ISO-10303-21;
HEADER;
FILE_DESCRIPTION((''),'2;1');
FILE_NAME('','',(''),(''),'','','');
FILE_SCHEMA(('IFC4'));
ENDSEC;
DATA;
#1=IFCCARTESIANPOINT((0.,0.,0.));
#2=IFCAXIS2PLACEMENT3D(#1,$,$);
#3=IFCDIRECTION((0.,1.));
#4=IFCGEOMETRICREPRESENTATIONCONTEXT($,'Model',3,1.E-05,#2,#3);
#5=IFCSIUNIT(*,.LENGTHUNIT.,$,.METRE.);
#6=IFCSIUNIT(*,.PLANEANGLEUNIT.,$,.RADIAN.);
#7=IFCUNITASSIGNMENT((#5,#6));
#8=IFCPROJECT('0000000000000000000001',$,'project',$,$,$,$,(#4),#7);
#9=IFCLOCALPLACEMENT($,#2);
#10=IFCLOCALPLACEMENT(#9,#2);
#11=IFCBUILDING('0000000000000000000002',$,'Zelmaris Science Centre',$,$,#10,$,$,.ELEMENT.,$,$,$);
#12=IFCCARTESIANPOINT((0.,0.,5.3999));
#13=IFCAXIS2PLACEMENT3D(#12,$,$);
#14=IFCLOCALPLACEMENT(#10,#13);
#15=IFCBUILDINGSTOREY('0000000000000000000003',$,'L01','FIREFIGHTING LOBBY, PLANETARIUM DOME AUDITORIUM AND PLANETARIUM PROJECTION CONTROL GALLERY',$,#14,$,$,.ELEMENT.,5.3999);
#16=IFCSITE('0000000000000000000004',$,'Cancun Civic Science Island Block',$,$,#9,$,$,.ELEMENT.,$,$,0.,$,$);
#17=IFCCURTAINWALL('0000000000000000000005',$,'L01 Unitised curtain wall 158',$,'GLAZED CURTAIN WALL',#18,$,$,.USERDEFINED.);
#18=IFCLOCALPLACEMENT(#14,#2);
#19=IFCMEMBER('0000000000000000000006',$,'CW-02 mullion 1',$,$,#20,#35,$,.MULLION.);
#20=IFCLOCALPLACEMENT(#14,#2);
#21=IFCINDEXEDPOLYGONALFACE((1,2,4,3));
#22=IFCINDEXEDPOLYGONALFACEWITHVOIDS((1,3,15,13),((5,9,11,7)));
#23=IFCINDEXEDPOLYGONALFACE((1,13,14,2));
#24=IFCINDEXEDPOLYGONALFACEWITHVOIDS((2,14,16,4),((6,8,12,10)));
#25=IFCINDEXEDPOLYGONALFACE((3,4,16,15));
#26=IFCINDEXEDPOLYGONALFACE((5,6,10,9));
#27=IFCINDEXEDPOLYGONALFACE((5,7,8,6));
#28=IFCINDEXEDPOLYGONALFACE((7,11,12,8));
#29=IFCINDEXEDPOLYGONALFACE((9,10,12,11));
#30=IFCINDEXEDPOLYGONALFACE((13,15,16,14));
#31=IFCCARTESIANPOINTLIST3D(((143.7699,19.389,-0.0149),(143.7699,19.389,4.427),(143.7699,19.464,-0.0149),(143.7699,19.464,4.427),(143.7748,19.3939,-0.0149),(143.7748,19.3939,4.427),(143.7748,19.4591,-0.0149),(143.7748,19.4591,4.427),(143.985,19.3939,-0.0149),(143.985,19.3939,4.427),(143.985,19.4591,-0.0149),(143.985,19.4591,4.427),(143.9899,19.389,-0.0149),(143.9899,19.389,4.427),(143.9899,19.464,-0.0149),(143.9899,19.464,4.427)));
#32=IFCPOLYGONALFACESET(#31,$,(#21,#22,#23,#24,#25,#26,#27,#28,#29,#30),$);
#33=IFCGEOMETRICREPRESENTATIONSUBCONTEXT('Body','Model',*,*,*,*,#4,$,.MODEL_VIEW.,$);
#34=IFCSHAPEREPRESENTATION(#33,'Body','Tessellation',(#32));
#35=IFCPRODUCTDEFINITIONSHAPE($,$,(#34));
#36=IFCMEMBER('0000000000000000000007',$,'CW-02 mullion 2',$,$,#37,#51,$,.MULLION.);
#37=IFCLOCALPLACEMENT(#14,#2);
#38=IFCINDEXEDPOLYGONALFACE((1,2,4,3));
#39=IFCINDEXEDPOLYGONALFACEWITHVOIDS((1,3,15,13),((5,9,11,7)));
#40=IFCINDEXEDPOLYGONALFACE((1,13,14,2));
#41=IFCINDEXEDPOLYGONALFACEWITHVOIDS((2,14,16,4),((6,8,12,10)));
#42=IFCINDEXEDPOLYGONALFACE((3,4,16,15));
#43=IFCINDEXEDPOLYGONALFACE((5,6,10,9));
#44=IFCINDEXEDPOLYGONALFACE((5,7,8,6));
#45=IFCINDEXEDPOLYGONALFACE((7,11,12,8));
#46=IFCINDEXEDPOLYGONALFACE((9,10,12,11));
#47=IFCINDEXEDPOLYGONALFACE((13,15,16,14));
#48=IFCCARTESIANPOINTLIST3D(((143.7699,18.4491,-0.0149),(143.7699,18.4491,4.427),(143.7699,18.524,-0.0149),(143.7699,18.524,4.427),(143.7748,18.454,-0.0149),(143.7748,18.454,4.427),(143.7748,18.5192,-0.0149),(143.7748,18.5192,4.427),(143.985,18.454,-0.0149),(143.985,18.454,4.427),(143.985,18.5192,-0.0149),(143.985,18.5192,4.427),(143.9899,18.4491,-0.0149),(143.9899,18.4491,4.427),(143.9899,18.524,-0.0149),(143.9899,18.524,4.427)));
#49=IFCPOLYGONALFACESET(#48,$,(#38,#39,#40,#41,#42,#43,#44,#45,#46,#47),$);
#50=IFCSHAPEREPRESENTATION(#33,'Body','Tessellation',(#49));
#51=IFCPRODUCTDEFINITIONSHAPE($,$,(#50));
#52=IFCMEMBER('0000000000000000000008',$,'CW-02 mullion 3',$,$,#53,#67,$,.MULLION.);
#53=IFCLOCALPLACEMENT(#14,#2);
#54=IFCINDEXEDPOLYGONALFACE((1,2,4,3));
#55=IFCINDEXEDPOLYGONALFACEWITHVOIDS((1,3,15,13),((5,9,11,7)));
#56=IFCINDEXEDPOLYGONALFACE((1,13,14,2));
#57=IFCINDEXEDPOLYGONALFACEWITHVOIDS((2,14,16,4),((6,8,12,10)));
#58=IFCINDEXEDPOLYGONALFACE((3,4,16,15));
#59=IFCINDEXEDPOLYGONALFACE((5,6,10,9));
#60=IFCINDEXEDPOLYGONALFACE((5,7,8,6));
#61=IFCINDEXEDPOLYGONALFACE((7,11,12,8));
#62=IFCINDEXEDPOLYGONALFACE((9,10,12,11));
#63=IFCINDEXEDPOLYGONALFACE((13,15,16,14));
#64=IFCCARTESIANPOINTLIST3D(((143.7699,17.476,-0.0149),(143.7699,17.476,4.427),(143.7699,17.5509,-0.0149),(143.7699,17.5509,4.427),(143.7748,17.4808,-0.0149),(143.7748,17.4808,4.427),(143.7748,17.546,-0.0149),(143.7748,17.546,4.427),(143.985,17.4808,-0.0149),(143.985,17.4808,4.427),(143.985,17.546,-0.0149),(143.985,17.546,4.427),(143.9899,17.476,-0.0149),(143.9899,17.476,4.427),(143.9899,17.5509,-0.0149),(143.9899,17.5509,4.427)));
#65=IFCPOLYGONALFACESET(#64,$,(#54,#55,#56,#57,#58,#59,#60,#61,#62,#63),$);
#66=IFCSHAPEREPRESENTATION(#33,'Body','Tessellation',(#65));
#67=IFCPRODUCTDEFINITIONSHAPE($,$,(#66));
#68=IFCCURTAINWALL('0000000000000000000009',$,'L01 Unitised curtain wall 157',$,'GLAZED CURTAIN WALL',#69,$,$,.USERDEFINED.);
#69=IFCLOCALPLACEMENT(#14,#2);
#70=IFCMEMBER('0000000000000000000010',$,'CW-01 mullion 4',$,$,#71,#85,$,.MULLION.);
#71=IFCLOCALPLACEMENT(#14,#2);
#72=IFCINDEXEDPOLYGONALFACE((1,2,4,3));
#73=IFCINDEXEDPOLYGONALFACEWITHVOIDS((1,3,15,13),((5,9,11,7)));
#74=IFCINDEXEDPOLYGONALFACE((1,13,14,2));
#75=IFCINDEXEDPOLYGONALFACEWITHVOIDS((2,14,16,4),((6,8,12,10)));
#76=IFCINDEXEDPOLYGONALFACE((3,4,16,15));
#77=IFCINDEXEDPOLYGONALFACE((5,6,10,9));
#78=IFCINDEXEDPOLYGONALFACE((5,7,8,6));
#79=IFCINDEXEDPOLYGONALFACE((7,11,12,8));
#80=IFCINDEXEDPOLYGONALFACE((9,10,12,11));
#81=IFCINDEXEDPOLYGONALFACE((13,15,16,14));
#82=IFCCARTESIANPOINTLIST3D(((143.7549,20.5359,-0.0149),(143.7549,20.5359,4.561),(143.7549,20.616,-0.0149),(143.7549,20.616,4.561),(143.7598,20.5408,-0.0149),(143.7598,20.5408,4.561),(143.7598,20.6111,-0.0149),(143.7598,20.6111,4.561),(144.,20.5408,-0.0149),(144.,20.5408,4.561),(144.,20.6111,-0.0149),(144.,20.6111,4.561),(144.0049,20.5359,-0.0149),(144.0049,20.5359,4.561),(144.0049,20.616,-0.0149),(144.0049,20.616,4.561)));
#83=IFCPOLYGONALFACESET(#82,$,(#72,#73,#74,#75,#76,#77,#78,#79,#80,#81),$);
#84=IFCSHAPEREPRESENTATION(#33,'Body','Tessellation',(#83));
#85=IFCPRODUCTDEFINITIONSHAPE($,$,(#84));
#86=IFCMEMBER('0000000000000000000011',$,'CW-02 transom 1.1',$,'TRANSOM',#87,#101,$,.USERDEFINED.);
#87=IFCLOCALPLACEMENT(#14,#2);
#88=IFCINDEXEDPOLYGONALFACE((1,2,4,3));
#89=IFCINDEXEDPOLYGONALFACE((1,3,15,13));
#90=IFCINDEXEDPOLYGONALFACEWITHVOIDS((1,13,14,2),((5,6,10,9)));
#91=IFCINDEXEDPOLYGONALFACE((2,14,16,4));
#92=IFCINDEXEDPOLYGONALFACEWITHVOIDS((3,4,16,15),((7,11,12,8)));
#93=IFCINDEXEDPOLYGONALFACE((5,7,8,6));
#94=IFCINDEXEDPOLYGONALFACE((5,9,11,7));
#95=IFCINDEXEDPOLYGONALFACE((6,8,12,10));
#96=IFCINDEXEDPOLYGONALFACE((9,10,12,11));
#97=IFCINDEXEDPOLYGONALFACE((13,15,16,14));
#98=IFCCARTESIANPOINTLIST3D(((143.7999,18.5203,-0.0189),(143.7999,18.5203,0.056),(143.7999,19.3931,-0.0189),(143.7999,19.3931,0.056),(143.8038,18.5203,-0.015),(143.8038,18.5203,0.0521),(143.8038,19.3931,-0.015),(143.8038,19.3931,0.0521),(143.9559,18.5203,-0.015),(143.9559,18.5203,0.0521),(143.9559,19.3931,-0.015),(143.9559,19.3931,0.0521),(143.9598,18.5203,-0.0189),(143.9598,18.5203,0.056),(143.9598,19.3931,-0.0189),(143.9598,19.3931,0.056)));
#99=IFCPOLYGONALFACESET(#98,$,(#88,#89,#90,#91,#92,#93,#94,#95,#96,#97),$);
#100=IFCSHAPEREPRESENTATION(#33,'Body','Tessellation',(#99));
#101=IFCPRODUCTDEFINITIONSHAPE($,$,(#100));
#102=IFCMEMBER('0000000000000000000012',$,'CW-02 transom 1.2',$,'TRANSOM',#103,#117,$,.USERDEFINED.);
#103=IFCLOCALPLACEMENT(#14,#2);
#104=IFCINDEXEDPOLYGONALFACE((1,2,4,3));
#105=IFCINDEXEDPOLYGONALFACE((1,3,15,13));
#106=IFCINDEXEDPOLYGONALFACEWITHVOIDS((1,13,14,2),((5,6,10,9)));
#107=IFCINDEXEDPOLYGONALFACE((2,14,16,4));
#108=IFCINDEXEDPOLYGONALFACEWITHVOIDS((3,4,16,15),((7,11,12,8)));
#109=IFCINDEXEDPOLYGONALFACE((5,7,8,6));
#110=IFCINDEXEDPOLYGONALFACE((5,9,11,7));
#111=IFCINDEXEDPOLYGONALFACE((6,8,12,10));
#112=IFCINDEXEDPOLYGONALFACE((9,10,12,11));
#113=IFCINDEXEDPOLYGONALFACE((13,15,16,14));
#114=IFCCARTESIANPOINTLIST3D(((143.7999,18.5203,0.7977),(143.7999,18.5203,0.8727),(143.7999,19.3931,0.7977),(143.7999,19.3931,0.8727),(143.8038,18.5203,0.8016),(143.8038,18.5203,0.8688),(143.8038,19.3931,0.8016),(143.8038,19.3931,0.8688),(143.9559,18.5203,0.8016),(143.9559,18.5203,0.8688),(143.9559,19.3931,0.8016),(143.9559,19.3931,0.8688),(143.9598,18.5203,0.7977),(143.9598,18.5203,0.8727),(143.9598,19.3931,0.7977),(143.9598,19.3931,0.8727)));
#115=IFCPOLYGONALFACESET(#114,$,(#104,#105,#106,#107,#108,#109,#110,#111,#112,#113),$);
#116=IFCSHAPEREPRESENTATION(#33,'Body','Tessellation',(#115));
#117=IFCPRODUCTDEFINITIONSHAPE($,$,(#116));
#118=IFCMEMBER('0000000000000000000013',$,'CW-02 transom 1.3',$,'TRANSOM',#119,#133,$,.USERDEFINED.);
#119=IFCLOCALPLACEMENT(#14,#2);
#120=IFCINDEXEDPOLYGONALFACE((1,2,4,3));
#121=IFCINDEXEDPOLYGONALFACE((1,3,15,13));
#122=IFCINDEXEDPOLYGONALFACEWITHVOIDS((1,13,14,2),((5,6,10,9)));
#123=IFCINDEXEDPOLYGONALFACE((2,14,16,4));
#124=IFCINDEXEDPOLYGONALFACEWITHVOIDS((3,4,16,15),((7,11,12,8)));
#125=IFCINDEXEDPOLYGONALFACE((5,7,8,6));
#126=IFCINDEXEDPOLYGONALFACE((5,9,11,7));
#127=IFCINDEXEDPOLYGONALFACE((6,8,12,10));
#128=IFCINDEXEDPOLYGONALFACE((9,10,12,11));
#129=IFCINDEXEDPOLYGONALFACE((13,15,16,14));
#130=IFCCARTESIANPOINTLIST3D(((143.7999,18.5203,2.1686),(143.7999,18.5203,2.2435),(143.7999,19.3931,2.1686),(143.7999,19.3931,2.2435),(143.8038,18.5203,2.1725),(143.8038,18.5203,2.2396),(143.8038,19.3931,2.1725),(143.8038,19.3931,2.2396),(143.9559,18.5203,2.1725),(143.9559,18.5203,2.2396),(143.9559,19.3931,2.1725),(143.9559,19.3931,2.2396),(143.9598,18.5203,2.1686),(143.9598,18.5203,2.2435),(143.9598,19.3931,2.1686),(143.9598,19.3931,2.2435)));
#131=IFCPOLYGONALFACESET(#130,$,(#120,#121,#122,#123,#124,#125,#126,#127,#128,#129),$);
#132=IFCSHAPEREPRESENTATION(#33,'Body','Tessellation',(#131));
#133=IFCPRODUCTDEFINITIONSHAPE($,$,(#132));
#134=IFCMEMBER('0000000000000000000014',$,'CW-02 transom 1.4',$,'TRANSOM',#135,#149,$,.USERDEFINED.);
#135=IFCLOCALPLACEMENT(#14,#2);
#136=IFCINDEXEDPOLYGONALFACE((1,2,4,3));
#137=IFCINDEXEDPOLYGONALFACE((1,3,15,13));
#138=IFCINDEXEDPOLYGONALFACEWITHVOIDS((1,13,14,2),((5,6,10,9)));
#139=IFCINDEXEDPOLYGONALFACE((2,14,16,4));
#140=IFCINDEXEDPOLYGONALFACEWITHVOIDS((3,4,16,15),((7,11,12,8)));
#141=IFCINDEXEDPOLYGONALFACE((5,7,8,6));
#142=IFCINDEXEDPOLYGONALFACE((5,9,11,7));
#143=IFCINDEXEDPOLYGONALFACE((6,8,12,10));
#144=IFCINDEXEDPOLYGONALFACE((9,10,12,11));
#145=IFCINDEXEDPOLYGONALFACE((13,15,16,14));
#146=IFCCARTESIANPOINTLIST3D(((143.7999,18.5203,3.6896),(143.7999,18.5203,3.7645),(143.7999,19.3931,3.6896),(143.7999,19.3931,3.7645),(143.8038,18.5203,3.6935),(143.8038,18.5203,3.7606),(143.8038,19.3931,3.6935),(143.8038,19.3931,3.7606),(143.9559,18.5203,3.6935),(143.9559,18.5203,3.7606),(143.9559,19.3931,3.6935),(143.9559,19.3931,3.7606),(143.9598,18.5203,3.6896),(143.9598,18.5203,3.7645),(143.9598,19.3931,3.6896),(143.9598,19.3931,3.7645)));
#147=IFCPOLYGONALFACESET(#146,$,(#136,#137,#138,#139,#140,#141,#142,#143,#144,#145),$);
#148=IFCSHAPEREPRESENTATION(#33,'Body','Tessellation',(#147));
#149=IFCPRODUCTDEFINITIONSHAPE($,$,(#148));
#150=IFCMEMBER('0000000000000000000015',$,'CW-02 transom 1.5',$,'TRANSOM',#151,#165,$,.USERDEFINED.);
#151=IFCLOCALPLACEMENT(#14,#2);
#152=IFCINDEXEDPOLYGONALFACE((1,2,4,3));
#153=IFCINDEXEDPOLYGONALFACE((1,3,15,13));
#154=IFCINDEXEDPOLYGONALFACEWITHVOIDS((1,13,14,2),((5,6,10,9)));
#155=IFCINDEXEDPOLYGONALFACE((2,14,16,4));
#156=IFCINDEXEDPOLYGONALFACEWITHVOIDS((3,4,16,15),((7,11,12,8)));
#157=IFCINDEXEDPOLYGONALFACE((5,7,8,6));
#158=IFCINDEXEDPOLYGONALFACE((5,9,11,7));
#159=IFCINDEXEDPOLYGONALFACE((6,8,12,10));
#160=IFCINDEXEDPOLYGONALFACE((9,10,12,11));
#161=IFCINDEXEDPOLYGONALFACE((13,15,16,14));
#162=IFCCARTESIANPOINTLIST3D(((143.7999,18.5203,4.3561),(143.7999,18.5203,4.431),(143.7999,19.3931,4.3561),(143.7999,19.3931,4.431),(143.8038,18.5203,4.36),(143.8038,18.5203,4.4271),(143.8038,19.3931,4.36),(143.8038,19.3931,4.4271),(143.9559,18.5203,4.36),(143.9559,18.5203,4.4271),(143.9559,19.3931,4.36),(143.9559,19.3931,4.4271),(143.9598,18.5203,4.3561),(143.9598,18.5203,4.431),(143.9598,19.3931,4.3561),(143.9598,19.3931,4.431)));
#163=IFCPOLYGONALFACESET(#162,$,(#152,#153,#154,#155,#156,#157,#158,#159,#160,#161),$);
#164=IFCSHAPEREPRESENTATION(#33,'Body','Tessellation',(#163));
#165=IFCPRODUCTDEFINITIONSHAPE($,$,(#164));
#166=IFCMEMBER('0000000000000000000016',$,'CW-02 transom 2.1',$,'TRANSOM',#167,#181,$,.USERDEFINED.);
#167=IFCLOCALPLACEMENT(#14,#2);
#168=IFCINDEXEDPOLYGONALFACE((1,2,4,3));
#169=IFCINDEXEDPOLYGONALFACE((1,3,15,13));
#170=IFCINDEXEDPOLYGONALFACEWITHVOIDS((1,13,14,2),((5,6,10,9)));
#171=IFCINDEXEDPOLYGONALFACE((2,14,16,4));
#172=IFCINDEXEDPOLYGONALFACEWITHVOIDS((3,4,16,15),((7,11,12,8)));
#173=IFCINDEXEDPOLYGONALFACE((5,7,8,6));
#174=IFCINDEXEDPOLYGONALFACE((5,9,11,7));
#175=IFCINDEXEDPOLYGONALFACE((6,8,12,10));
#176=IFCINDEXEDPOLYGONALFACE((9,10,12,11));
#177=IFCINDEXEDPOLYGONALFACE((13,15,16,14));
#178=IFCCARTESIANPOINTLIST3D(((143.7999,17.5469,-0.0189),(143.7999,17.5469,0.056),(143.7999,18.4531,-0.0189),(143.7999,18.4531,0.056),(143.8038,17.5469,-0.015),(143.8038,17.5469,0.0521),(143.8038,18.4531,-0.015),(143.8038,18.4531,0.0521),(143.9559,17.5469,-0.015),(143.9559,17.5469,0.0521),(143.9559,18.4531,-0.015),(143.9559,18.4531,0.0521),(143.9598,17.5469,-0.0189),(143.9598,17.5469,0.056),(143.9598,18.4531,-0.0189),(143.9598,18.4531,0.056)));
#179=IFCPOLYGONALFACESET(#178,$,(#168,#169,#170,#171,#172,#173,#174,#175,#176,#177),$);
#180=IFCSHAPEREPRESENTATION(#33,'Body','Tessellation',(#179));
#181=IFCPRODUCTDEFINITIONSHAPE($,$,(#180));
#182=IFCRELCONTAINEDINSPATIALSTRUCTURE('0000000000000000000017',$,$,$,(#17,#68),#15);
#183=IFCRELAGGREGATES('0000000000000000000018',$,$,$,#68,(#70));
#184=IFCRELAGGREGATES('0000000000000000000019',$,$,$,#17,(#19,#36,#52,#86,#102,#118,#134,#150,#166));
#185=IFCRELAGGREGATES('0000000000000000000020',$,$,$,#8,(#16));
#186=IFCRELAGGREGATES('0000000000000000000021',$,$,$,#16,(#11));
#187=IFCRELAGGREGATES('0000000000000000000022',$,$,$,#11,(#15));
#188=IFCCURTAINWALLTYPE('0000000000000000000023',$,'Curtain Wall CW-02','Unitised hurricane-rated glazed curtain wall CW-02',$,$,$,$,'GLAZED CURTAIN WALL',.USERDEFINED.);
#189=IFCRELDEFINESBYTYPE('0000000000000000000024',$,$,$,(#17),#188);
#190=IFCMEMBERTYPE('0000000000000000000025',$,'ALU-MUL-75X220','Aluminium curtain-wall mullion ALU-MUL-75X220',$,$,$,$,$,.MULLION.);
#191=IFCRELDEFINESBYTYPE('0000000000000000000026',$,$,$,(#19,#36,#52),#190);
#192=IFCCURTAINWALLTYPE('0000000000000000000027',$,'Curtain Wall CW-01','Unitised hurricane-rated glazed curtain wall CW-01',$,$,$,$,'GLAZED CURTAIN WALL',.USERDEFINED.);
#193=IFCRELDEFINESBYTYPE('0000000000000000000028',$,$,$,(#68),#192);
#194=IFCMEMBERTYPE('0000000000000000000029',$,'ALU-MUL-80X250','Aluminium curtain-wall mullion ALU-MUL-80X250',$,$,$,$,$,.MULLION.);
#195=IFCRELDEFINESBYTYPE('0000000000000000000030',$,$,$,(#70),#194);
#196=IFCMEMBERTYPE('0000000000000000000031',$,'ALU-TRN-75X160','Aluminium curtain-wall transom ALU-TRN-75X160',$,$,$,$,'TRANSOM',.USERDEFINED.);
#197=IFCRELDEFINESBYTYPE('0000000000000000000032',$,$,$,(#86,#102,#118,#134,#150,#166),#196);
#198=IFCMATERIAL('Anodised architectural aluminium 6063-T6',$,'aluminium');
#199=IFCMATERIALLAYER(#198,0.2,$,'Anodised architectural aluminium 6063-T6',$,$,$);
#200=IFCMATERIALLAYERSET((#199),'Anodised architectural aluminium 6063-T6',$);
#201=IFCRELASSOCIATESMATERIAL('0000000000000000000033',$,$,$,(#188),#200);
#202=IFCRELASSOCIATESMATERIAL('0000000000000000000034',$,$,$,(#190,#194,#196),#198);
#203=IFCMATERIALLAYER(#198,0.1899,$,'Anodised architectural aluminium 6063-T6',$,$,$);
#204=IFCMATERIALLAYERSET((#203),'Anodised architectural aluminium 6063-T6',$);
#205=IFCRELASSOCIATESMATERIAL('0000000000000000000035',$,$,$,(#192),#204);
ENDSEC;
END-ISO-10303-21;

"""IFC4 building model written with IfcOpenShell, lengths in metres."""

from ifc_helpers import new_model, si_unit, direction, frame, origin, origin_2d, place, context, subcontext, project, spatial, hollow_rectangle, extrude, material, layer, layer_set, material_profile, profile_set, type_object, element, aggregate, save


model = new_model("IFC4")

# Units and contexts
model_context = context("Model", 3, precision=1e-05, world=origin(), true_north=direction((0.0, 1.0)))
body_context = subcontext(model_context, "Body", "Model", "MODEL_VIEW")
ifc_project = project(units=[si_unit("LENGTHUNIT", "METRE"), si_unit("PLANEANGLEUNIT", "RADIAN")], contexts=[model_context])

# Site, building, storey
site_placement = place(None, origin())
site = spatial("IfcSite", under=ifc_project, at=site_placement, Name="Cancun Civic Science Island Block", CompositionType="ELEMENT", RefElevation=0.0)
building_placement = place(site_placement, origin())
building = spatial("IfcBuilding", under=site, at=building_placement, Name="Zelmaris Science Centre", CompositionType="ELEMENT")
storey_placement = place(building_placement, frame((0.0, 0.0, 5.3999)))
storey = spatial("IfcBuildingStorey", under=building, at=storey_placement, Name="L01", Description="FIREFIGHTING LOBBY, PLANETARIUM DOME AUDITORIUM AND PLANETARIUM PROJECTION CONTROL GALLERY", CompositionType="ELEMENT", Elevation=5.3999)

# Curtain wall, members
ifc_material_1 = material(Name="Anodised architectural aluminium 6063-T6", Category="aluminium")
ifc_layer_1 = layer(ifc_material_1, 0.2, Name="Anodised architectural aluminium 6063-T6")
ifc_layer_set_1 = layer_set([ifc_layer_1], Name="Anodised architectural aluminium 6063-T6")
curtain_wall_type_1 = type_object("IfcCurtainWallType", Name="Curtain Wall CW-02", Description="Unitised hurricane-rated glazed curtain wall CW-02", ElementType="GLAZED CURTAIN WALL", PredefinedType="USERDEFINED", material=ifc_layer_set_1)
curtain_wall_1_placement = place(storey_placement, origin())
curtain_wall_1 = element("IfcCurtainWall", 1, at=curtain_wall_1_placement, inside=storey, type_object=curtain_wall_type_1, Name="L01 Unitised curtain wall 158", ObjectType="GLAZED CURTAIN WALL", PredefinedType="USERDEFINED")
ifc_material_profile_1 = material_profile(ifc_material_1, hollow_rectangle(XDim=0.075, YDim=0.22, WallThickness=0.0049, at=origin_2d()), Name="ALU-MUL-75X220")
ifc_profile_set_1 = profile_set([ifc_material_profile_1], Name="Anodised architectural aluminium 6063-T6")
member_type_1 = type_object("IfcMemberType", Name="ALU-MUL-75X220", Description="Aluminium curtain-wall mullion ALU-MUL-75X220", PredefinedType="MULLION", material=ifc_profile_set_1)
member_1_placement = place(storey_placement, frame((143.8799, 19.4265, -0.0149), z_axis=(0.0, 0.0, 1.0), x_axis=(0.0, -1.0, 0.0)))
member_1 = element("IfcMember", 2, at=member_1_placement, type_object=member_type_1, Name="CW-02 mullion 1", PredefinedType="MULLION", context=body_context, shape_type="SweptSolid", body=[
    extrude(hollow_rectangle(XDim=0.075, YDim=0.22, WallThickness=0.0049, at=origin_2d()), origin(), (0.0, 0.0, 1.0), 4.4419),
])
member_2_placement = place(storey_placement, frame((143.8799, 18.4866, -0.0149), z_axis=(0.0, 0.0, 1.0), x_axis=(0.0, -1.0, 0.0)))
member_2 = element("IfcMember", 3, at=member_2_placement, type_object=member_type_1, Name="CW-02 mullion 2", PredefinedType="MULLION", context=body_context, shape_type="SweptSolid", body=[
    extrude(hollow_rectangle(XDim=0.075, YDim=0.22, WallThickness=0.0049, at=origin_2d()), origin(), (0.0, 0.0, 1.0), 4.4419),
])
member_3_placement = place(storey_placement, frame((143.8799, 17.5134, -0.0149), z_axis=(0.0, 0.0, 1.0), x_axis=(0.0, -1.0, 0.0)))
member_3 = element("IfcMember", 4, at=member_3_placement, type_object=member_type_1, Name="CW-02 mullion 3", PredefinedType="MULLION", context=body_context, shape_type="SweptSolid", body=[
    extrude(hollow_rectangle(XDim=0.075, YDim=0.22, WallThickness=0.0049, at=origin_2d()), origin(), (0.0, 0.0, 1.0), 4.4419),
])

# Curtain wall, member
ifc_layer_2 = layer(ifc_material_1, 0.1899, Name="Anodised architectural aluminium 6063-T6")
ifc_layer_set_2 = layer_set([ifc_layer_2], Name="Anodised architectural aluminium 6063-T6")
curtain_wall_type_2 = type_object("IfcCurtainWallType", Name="Curtain Wall CW-01", Description="Unitised hurricane-rated glazed curtain wall CW-01", ElementType="GLAZED CURTAIN WALL", PredefinedType="USERDEFINED", material=ifc_layer_set_2)
curtain_wall_2_placement = place(storey_placement, origin())
curtain_wall_2 = element("IfcCurtainWall", 5, at=curtain_wall_2_placement, inside=storey, type_object=curtain_wall_type_2, Name="L01 Unitised curtain wall 157", ObjectType="GLAZED CURTAIN WALL", PredefinedType="USERDEFINED")
ifc_material_profile_2 = material_profile(ifc_material_1, hollow_rectangle(XDim=0.0801, YDim=0.25, WallThickness=0.0049, at=origin_2d()), Name="ALU-MUL-80X250")
ifc_profile_set_2 = profile_set([ifc_material_profile_2], Name="Anodised architectural aluminium 6063-T6")
member_type_2 = type_object("IfcMemberType", Name="ALU-MUL-80X250", Description="Aluminium curtain-wall mullion ALU-MUL-80X250", PredefinedType="MULLION", material=ifc_profile_set_2)
member_4_placement = place(storey_placement, frame((143.8799, 20.5759, -0.0149), z_axis=(0.0, 0.0, 1.0), x_axis=(0.0, -1.0, 0.0)))
member_4 = element("IfcMember", 6, at=member_4_placement, type_object=member_type_2, Name="CW-01 mullion 4", PredefinedType="MULLION", context=body_context, shape_type="SweptSolid", body=[
    extrude(hollow_rectangle(XDim=0.0801, YDim=0.25, WallThickness=0.0049, at=origin_2d()), origin(), (0.0, 0.0, 1.0), 4.5759),
])

# Members
ifc_material_profile_3 = material_profile(ifc_material_1, hollow_rectangle(XDim=0.075, YDim=0.1599, WallThickness=0.0039, at=origin_2d()), Name="ALU-TRN-75X160")
ifc_profile_set_3 = profile_set([ifc_material_profile_3], Name="Anodised architectural aluminium 6063-T6")
member_type_3 = type_object("IfcMemberType", Name="ALU-TRN-75X160", Description="Aluminium curtain-wall transom ALU-TRN-75X160", ElementType="TRANSOM", PredefinedType="USERDEFINED", material=ifc_profile_set_3)
member_5_placement = place(storey_placement, frame((143.8799, 19.3931, 0.0186), z_axis=(0.0, -1.0, 0.0), x_axis=(0.0, 0.0, 1.0)))
member_5 = element("IfcMember", 7, at=member_5_placement, type_object=member_type_3, Name="CW-02 transom 1.1", ObjectType="TRANSOM", PredefinedType="USERDEFINED", context=body_context, shape_type="SweptSolid", body=[
    extrude(hollow_rectangle(XDim=0.075, YDim=0.1599, WallThickness=0.0039, at=origin_2d()), origin(), (0.0, 0.0, 1.0), 0.8728),
])
member_6_placement = place(storey_placement, frame((143.8799, 19.3931, 0.8352), z_axis=(0.0, -1.0, 0.0), x_axis=(0.0, 0.0, 1.0)))
member_6 = element("IfcMember", 8, at=member_6_placement, type_object=member_type_3, Name="CW-02 transom 1.2", ObjectType="TRANSOM", PredefinedType="USERDEFINED", context=body_context, shape_type="SweptSolid", body=[
    extrude(hollow_rectangle(XDim=0.075, YDim=0.1599, WallThickness=0.0039, at=origin_2d()), origin(), (0.0, 0.0, 1.0), 0.8728),
])
member_7_placement = place(storey_placement, frame((143.8799, 19.3931, 2.2061), z_axis=(0.0, -1.0, 0.0), x_axis=(0.0, 0.0, 1.0)))
member_7 = element("IfcMember", 9, at=member_7_placement, type_object=member_type_3, Name="CW-02 transom 1.3", ObjectType="TRANSOM", PredefinedType="USERDEFINED", context=body_context, shape_type="SweptSolid", body=[
    extrude(hollow_rectangle(XDim=0.075, YDim=0.1599, WallThickness=0.0039, at=origin_2d()), origin(), (0.0, 0.0, 1.0), 0.8728),
])
member_8_placement = place(storey_placement, frame((143.8799, 19.3931, 3.7271), z_axis=(0.0, -1.0, 0.0), x_axis=(0.0, 0.0, 1.0)))
member_8 = element("IfcMember", 10, at=member_8_placement, type_object=member_type_3, Name="CW-02 transom 1.4", ObjectType="TRANSOM", PredefinedType="USERDEFINED", context=body_context, shape_type="SweptSolid", body=[
    extrude(hollow_rectangle(XDim=0.075, YDim=0.1599, WallThickness=0.0039, at=origin_2d()), origin(), (0.0, 0.0, 1.0), 0.8728),
])
member_9_placement = place(storey_placement, frame((143.8799, 19.3931, 4.3936), z_axis=(0.0, -1.0, 0.0), x_axis=(0.0, 0.0, 1.0)))
member_9 = element("IfcMember", 11, at=member_9_placement, type_object=member_type_3, Name="CW-02 transom 1.5", ObjectType="TRANSOM", PredefinedType="USERDEFINED", context=body_context, shape_type="SweptSolid", body=[
    extrude(hollow_rectangle(XDim=0.075, YDim=0.1599, WallThickness=0.0039, at=origin_2d()), origin(), (0.0, 0.0, 1.0), 0.8728),
])
member_10_placement = place(storey_placement, frame((143.8799, 18.4531, 0.0186), z_axis=(0.0, -1.0, 0.0), x_axis=(0.0, 0.0, 1.0)))
member_10 = element("IfcMember", 12, at=member_10_placement, type_object=member_type_3, Name="CW-02 transom 2.1", ObjectType="TRANSOM", PredefinedType="USERDEFINED", context=body_context, shape_type="SweptSolid", body=[
    extrude(hollow_rectangle(XDim=0.075, YDim=0.1599, WallThickness=0.0039, at=origin_2d()), origin(), (0.0, 0.0, 1.0), 0.9062),
])

aggregate(curtain_wall_2, [member_4])
aggregate(curtain_wall_1, [member_1, member_2, member_3, member_5, member_6, member_7, member_8, member_9, member_10])

save(model, "model.ifc")
